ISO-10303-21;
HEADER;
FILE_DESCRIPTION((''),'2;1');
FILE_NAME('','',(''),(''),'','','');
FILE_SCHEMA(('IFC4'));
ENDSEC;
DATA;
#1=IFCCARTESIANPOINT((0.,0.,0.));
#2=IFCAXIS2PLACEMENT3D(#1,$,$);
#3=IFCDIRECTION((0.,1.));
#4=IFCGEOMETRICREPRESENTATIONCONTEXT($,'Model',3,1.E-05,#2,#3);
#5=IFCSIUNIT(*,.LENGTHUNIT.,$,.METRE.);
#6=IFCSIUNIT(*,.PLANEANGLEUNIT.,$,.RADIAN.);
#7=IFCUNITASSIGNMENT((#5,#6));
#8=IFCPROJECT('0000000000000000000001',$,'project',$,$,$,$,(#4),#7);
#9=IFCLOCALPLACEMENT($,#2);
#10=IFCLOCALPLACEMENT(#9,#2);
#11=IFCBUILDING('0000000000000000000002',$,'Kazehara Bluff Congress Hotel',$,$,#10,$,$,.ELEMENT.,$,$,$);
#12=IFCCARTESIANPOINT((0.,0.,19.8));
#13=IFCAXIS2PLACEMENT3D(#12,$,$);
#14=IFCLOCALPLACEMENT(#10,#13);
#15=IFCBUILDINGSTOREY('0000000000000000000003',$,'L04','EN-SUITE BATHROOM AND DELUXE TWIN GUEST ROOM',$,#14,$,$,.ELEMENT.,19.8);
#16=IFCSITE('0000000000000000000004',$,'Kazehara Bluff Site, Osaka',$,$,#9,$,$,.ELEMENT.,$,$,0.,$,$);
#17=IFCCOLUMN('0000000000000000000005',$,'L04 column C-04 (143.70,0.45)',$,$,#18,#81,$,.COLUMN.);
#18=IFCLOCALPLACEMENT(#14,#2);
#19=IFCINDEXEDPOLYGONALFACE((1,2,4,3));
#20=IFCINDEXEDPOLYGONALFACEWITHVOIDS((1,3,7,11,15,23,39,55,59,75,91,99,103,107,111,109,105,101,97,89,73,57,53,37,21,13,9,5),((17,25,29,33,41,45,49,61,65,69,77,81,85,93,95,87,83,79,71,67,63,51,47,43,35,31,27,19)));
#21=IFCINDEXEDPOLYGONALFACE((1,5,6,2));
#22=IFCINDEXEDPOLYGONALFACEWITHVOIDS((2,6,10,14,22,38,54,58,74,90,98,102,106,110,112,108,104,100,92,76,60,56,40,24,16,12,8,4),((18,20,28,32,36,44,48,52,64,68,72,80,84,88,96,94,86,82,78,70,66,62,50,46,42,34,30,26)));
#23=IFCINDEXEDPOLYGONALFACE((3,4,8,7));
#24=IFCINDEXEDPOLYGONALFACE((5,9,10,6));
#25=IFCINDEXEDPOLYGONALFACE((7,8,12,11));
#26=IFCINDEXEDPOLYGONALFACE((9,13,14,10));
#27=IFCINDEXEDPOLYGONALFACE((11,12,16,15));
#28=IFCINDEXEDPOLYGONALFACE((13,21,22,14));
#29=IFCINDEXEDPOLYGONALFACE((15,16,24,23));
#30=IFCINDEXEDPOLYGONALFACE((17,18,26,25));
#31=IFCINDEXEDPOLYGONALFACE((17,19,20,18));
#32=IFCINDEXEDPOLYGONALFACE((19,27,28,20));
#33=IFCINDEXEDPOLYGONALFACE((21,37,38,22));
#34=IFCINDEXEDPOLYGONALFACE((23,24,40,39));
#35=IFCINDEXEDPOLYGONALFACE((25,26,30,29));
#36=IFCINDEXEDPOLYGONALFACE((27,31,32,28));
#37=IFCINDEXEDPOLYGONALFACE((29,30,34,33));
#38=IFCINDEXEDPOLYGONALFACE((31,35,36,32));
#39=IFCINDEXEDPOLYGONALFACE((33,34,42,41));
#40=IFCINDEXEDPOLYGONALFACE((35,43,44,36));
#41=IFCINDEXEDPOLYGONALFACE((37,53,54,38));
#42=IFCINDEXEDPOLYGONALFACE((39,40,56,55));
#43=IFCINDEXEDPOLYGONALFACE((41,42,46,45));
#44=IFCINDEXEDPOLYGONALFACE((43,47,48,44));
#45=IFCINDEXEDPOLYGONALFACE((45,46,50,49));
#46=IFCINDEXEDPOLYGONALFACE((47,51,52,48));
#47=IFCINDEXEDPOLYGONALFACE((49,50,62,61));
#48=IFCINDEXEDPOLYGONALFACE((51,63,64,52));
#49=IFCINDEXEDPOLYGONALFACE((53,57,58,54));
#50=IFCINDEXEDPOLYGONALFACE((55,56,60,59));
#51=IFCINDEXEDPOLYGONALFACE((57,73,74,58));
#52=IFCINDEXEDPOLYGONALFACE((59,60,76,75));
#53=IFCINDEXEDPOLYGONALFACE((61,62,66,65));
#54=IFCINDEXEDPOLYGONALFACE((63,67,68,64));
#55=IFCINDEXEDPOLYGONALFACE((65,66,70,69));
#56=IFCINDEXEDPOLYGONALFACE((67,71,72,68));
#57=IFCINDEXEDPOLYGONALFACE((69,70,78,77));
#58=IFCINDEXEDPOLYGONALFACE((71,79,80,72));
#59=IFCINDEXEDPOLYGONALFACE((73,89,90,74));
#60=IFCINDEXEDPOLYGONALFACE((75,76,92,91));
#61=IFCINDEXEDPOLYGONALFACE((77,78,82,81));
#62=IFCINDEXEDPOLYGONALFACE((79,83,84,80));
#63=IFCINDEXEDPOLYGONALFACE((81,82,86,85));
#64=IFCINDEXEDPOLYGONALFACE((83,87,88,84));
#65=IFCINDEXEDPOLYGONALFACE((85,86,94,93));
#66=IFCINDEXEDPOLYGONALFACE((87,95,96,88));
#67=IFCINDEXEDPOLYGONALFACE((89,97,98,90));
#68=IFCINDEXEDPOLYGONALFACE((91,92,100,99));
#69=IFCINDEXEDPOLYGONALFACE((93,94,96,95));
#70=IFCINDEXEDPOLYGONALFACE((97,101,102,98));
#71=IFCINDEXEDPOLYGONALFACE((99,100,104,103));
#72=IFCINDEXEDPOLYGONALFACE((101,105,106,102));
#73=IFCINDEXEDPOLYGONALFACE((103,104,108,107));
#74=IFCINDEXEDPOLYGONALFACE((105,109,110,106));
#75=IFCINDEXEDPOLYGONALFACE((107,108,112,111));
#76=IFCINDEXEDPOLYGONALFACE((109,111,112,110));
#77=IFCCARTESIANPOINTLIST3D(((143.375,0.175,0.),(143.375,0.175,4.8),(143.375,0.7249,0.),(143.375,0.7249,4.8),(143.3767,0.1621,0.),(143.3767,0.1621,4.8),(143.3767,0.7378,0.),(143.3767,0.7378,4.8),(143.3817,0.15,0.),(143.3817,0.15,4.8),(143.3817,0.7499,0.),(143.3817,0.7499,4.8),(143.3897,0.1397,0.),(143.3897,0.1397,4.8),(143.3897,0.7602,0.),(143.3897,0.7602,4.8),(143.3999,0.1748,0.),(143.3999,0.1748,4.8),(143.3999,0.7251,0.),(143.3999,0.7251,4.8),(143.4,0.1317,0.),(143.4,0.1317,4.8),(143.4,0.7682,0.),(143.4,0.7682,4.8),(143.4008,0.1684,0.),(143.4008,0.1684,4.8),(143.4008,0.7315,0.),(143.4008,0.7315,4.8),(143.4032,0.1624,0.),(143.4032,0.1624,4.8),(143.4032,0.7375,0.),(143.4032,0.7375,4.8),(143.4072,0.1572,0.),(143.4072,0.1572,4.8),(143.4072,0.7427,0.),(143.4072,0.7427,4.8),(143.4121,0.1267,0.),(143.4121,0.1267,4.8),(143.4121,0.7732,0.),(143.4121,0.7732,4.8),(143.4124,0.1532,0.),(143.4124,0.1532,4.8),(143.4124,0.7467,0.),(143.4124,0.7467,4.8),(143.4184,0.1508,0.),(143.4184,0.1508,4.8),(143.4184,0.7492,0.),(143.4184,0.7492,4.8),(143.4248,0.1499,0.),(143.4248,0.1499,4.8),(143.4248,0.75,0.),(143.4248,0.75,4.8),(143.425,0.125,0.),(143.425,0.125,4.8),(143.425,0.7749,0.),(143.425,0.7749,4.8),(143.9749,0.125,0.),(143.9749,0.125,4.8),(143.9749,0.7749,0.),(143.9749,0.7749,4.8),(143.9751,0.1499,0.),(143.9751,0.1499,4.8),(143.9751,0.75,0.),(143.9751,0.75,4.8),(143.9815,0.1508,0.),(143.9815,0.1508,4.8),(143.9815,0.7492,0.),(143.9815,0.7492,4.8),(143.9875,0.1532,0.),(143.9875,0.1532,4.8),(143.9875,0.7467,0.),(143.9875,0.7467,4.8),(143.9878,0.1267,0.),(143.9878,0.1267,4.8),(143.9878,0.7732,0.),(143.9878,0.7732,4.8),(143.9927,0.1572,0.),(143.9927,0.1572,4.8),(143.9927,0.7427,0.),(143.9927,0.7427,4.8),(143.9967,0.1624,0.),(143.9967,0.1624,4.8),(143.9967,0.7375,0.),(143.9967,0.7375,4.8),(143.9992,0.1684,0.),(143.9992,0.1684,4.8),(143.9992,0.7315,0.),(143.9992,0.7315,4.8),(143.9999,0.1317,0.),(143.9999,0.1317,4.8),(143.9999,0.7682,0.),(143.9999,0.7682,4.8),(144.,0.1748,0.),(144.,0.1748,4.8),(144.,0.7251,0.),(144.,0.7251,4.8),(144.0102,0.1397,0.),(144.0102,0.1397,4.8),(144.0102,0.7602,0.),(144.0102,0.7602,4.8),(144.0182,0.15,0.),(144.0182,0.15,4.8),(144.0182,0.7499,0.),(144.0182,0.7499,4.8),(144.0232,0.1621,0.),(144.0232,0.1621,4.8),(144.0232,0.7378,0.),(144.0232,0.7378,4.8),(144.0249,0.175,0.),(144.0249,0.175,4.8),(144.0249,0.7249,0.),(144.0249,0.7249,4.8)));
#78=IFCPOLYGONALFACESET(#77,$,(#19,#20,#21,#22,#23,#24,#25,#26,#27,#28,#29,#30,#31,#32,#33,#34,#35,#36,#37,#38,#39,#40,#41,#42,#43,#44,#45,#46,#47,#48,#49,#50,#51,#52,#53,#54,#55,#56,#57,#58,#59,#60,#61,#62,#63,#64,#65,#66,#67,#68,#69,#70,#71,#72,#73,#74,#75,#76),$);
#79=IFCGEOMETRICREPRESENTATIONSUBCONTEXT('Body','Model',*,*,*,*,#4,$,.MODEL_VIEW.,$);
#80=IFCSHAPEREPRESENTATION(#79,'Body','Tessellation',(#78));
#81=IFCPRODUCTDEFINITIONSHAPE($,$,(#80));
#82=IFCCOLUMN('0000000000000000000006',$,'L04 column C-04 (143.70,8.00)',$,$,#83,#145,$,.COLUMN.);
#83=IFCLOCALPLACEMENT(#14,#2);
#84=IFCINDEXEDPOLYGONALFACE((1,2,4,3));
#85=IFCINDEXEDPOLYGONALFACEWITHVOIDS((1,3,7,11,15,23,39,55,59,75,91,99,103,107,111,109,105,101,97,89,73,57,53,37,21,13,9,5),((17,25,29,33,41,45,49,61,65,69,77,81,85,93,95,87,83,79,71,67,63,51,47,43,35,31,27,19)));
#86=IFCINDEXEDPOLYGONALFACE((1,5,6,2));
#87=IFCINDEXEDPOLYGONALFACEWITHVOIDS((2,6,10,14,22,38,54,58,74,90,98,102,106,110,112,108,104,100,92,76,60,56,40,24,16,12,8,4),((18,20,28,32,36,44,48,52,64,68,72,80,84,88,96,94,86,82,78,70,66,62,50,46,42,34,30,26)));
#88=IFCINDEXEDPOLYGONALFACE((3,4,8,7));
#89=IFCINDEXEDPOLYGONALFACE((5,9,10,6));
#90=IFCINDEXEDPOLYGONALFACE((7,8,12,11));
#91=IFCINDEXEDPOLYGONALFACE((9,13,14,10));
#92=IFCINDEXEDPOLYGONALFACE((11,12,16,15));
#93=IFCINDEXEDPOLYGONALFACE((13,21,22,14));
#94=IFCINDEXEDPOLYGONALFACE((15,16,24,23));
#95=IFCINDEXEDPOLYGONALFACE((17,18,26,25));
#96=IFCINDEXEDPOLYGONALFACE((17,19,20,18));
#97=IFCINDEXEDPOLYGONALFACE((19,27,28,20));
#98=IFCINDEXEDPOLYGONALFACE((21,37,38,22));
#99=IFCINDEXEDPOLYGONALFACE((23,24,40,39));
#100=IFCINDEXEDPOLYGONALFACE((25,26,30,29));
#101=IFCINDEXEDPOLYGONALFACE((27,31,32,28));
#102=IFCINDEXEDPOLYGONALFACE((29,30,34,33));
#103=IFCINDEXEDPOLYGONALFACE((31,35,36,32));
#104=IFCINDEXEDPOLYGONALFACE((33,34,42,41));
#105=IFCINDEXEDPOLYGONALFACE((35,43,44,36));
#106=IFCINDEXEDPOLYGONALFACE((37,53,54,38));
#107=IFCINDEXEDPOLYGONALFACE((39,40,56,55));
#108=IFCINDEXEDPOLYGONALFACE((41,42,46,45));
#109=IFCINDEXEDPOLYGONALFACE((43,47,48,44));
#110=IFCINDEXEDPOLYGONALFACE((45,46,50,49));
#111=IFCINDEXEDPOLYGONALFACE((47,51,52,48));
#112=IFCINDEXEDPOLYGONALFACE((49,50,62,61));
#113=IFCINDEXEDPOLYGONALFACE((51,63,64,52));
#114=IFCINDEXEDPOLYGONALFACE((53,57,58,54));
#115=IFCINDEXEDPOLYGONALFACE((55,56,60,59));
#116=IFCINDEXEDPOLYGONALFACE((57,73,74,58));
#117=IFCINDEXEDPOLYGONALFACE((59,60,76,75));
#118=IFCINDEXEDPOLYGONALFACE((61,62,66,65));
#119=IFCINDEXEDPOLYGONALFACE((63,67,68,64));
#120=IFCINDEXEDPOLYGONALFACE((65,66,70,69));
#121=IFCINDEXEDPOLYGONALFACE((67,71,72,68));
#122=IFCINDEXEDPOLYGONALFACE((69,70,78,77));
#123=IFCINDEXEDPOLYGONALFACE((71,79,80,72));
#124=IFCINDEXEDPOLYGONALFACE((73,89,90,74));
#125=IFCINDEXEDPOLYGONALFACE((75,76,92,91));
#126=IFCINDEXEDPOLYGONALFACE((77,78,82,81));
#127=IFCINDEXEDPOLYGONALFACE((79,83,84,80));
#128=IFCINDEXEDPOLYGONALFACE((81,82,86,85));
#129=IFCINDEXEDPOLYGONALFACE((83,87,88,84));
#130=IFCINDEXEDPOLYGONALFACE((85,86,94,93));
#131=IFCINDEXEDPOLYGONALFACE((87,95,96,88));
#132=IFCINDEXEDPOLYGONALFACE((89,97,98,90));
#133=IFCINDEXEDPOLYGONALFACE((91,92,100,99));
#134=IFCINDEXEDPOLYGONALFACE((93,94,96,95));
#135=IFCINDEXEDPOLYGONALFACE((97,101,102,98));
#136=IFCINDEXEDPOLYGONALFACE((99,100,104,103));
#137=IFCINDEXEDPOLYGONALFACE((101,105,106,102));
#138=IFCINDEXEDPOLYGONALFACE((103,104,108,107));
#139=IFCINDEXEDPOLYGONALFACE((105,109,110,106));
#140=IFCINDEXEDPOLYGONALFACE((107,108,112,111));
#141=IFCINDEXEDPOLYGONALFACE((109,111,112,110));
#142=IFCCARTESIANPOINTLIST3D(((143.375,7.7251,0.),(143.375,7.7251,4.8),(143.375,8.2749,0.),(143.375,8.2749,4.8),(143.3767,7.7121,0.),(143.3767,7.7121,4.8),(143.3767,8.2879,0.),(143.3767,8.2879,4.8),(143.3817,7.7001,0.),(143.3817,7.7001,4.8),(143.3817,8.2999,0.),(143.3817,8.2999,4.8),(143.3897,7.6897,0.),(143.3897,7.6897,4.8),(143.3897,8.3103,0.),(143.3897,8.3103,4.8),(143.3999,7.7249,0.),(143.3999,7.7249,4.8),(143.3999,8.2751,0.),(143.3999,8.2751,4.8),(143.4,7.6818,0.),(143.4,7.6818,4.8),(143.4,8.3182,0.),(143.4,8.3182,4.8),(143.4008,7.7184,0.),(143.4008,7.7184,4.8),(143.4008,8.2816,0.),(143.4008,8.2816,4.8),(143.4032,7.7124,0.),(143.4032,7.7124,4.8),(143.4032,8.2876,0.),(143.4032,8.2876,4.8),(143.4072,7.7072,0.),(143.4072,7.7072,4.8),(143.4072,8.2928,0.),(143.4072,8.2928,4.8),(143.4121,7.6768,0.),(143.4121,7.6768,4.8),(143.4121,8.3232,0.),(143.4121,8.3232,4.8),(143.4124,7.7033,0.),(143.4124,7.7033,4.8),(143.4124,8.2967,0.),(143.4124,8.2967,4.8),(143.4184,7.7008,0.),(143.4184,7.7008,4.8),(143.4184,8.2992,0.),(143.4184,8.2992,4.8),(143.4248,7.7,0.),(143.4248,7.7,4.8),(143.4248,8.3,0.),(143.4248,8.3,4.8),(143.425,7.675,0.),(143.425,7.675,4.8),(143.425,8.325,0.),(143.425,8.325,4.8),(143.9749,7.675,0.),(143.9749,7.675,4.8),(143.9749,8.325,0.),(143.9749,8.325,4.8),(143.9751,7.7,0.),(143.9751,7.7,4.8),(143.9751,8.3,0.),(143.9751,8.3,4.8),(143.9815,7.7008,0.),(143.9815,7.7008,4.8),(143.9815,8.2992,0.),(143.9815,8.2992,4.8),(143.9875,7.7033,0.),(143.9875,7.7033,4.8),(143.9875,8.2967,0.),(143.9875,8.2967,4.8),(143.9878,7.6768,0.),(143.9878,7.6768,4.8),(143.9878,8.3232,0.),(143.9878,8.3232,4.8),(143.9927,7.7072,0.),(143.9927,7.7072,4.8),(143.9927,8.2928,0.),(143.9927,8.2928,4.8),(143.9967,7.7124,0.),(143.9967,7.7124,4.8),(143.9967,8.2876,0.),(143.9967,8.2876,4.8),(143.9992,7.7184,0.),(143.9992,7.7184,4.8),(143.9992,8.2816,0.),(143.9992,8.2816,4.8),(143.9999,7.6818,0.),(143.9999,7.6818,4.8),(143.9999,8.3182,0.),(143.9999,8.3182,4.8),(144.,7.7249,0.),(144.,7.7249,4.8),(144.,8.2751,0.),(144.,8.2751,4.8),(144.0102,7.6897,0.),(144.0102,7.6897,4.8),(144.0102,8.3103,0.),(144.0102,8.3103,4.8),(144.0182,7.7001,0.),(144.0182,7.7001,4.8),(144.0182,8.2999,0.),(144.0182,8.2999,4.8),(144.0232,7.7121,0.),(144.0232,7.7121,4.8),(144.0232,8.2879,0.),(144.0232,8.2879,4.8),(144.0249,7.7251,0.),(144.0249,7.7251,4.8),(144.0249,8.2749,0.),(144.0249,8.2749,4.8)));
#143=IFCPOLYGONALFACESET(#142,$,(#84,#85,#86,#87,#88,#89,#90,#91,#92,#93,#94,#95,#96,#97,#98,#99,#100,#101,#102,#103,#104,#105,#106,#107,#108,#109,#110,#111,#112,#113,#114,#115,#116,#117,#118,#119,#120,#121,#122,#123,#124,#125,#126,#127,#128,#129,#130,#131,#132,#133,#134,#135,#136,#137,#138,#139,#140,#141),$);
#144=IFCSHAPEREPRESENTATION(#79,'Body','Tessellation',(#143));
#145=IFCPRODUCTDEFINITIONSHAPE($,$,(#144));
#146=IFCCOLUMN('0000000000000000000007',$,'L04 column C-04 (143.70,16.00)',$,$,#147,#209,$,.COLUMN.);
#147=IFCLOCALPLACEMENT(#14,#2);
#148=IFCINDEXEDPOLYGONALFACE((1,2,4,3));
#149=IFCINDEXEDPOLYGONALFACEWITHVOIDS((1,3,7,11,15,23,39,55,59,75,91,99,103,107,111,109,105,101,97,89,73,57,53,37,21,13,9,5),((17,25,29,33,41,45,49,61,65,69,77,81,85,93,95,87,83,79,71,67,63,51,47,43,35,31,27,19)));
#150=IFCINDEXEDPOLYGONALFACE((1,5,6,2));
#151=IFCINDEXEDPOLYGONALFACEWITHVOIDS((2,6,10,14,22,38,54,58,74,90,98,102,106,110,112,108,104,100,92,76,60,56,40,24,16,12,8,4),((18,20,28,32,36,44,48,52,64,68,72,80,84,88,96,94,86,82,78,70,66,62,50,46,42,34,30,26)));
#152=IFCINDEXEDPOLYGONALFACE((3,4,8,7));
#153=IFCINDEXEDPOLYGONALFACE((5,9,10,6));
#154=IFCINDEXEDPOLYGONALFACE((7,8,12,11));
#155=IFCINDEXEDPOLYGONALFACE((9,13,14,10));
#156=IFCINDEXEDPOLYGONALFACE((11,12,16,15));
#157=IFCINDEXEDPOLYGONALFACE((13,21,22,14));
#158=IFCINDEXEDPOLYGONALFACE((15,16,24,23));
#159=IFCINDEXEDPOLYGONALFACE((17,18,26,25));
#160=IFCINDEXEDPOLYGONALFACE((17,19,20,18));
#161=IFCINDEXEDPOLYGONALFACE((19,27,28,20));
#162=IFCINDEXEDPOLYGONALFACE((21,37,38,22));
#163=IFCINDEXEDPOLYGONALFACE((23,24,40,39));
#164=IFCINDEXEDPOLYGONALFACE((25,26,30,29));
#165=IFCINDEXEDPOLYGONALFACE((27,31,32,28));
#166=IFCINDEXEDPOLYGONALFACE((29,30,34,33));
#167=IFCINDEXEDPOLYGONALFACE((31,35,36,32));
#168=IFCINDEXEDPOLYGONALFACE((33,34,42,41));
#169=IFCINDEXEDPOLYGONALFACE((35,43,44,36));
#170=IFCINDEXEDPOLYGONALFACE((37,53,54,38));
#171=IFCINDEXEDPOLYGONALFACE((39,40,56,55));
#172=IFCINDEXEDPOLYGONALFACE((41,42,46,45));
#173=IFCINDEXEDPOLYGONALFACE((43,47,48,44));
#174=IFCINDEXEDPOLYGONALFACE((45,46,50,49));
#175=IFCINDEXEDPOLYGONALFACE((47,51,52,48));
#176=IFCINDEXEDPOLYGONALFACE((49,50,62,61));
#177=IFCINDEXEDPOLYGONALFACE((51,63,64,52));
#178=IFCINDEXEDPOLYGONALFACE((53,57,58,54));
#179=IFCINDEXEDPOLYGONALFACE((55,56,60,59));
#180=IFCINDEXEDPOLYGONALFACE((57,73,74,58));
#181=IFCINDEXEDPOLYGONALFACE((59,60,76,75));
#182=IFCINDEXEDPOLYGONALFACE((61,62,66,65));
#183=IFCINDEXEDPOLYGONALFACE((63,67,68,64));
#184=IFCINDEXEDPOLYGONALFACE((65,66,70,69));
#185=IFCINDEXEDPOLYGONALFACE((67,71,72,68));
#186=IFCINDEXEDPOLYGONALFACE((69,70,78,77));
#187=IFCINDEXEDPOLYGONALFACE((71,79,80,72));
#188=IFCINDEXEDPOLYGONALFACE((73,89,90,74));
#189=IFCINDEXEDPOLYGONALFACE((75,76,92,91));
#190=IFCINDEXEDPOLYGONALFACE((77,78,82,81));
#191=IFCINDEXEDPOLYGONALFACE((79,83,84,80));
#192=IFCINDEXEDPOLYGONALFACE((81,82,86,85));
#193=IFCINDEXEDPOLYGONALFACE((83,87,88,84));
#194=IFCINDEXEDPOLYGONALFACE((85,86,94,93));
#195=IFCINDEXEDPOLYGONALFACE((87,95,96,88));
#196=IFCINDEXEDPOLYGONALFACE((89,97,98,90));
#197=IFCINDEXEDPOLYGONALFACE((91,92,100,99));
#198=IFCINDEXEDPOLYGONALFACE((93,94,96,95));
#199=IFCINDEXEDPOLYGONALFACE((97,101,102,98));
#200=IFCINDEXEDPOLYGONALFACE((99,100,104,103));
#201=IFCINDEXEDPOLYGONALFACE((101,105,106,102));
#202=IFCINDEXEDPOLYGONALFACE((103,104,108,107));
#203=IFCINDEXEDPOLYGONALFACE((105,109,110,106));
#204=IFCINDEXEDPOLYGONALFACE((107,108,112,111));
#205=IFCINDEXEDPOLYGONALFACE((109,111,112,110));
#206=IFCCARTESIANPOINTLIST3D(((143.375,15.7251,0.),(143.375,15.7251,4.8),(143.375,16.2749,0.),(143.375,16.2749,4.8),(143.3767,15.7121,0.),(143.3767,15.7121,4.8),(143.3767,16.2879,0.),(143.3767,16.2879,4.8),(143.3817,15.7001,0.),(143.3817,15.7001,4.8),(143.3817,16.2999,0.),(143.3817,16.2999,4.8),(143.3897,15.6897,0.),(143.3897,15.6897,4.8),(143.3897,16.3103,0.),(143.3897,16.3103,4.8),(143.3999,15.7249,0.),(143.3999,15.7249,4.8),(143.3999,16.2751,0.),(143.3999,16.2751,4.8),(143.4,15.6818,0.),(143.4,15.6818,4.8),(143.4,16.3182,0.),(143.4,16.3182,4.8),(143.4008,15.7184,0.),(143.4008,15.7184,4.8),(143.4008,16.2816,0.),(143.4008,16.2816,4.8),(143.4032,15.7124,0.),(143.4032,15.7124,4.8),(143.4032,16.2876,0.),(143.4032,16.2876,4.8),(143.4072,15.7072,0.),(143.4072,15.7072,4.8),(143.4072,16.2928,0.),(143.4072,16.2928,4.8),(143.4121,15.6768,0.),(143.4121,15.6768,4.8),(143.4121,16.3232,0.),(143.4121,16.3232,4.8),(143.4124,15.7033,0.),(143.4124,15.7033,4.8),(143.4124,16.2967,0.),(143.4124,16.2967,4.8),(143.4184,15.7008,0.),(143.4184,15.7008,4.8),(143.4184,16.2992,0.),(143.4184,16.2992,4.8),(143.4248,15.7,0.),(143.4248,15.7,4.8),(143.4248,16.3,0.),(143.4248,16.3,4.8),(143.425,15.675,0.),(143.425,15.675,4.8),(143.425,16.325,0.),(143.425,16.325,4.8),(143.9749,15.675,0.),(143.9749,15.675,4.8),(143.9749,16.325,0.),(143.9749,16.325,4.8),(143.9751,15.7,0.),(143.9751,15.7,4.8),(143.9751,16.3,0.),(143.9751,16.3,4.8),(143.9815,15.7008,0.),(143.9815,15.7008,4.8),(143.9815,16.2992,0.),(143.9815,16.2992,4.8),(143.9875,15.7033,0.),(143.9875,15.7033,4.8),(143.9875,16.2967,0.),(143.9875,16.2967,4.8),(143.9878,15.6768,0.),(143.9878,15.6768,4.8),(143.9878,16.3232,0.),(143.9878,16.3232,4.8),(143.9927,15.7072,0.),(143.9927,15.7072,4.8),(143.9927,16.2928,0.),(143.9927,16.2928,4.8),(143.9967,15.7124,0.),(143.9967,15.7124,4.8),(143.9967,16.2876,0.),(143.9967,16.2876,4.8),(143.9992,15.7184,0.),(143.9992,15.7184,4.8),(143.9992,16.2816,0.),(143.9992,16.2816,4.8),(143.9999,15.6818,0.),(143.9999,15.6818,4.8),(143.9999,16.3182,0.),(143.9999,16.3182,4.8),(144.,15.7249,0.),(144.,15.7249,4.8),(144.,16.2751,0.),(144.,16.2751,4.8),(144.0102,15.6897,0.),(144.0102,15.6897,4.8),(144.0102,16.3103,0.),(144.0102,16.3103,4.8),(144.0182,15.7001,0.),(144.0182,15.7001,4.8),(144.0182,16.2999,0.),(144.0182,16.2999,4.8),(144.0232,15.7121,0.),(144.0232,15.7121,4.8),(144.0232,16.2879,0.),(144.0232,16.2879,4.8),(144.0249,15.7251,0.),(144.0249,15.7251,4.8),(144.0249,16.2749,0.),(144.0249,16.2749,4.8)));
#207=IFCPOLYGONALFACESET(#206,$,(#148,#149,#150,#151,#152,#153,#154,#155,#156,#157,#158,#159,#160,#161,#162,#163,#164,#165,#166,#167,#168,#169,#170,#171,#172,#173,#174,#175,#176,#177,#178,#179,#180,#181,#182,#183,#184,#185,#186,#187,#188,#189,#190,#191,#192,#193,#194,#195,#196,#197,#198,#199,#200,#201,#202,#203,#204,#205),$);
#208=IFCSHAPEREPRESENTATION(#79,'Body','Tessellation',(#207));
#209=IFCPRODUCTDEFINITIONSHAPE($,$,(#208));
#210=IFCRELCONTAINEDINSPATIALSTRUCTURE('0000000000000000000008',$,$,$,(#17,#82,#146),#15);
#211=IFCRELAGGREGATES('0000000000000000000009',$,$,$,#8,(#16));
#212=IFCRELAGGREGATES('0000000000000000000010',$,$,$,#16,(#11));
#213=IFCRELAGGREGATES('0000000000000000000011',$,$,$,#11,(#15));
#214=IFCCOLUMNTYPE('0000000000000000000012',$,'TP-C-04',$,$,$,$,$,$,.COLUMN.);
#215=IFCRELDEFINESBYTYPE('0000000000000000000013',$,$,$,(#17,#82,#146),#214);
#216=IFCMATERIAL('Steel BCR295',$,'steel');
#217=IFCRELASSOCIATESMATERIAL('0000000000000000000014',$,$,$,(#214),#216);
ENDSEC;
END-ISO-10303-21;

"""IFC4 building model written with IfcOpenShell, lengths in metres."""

from ifc_helpers import new_model, si_unit, direction, frame, origin, origin_2d, place, context, subcontext, project, spatial, hollow_rectangle, extrude, material, material_profile, profile_set, type_object, element, save


model = new_model("IFC4")

# Units and contexts
model_context = context("Model", 3, precision=1e-05, world=origin(), true_north=direction((0.0, 1.0)))
body_context = subcontext(model_context, "Body", "Model", "MODEL_VIEW")
ifc_project = project(units=[si_unit("LENGTHUNIT", "METRE"), si_unit("PLANEANGLEUNIT", "RADIAN")], contexts=[model_context])

# Site, building, storey
site_placement = place(None, origin())
site = spatial("IfcSite", under=ifc_project, at=site_placement, Name="Kazehara Bluff Site, Osaka", CompositionType="ELEMENT", RefElevation=0.0)
building_placement = place(site_placement, origin())
building = spatial("IfcBuilding", under=site, at=building_placement, Name="Kazehara Bluff Congress Hotel", CompositionType="ELEMENT")
storey_placement = place(building_placement, frame((0.0, 0.0, 19.8)))
storey = spatial("IfcBuildingStorey", under=building, at=storey_placement, Name="L04", Description="EN-SUITE BATHROOM AND DELUXE TWIN GUEST ROOM", CompositionType="ELEMENT", Elevation=19.8)

# Columns
ifc_material_1 = material(Name="Steel BCR295", Category="steel")
ifc_material_profile_1 = material_profile(ifc_material_1, hollow_rectangle(XDim=0.6499, YDim=0.6499, WallThickness=0.0249, InnerFilletRadius=0.0249, OuterFilletRadius=0.05, at=origin_2d()))
ifc_profile_set_1 = profile_set([ifc_material_profile_1], Name="Steel BCR295")
column_type = type_object("IfcColumnType", Name="TP-C-04", PredefinedType="COLUMN", material=ifc_profile_set_1)
for number, where, z_axis, x_axis, name in (
    (1, (143.7, 0.45, 0.0), (0.0, 0.0, 1.0), (1.0, 0.0, 0.0), "L04 column C-04 (143.70,0.45)"),
    (2, (143.7, 8.0, 0.0), (0.0, 0.0, 1.0), (1.0, 0.0, 0.0), "L04 column C-04 (143.70,8.00)"),
    (3, (143.7, 16.0, 0.0), (0.0, 0.0, 1.0), (1.0, 0.0, 0.0), "L04 column C-04 (143.70,16.00)"),
):
    element("IfcColumn", number, at=place(storey_placement, frame(where, z_axis=z_axis, x_axis=x_axis)), inside=storey, type_object=column_type, Name=name, PredefinedType="COLUMN", context=body_context, shape_type="SweptSolid", body=[
        extrude(hollow_rectangle(XDim=0.6499, YDim=0.6499, WallThickness=0.0249, InnerFilletRadius=0.0249, OuterFilletRadius=0.05, at=origin_2d()), origin(), (0.0, 0.0, 1.0), 4.8),
    ])

save(model, "model.ifc")
